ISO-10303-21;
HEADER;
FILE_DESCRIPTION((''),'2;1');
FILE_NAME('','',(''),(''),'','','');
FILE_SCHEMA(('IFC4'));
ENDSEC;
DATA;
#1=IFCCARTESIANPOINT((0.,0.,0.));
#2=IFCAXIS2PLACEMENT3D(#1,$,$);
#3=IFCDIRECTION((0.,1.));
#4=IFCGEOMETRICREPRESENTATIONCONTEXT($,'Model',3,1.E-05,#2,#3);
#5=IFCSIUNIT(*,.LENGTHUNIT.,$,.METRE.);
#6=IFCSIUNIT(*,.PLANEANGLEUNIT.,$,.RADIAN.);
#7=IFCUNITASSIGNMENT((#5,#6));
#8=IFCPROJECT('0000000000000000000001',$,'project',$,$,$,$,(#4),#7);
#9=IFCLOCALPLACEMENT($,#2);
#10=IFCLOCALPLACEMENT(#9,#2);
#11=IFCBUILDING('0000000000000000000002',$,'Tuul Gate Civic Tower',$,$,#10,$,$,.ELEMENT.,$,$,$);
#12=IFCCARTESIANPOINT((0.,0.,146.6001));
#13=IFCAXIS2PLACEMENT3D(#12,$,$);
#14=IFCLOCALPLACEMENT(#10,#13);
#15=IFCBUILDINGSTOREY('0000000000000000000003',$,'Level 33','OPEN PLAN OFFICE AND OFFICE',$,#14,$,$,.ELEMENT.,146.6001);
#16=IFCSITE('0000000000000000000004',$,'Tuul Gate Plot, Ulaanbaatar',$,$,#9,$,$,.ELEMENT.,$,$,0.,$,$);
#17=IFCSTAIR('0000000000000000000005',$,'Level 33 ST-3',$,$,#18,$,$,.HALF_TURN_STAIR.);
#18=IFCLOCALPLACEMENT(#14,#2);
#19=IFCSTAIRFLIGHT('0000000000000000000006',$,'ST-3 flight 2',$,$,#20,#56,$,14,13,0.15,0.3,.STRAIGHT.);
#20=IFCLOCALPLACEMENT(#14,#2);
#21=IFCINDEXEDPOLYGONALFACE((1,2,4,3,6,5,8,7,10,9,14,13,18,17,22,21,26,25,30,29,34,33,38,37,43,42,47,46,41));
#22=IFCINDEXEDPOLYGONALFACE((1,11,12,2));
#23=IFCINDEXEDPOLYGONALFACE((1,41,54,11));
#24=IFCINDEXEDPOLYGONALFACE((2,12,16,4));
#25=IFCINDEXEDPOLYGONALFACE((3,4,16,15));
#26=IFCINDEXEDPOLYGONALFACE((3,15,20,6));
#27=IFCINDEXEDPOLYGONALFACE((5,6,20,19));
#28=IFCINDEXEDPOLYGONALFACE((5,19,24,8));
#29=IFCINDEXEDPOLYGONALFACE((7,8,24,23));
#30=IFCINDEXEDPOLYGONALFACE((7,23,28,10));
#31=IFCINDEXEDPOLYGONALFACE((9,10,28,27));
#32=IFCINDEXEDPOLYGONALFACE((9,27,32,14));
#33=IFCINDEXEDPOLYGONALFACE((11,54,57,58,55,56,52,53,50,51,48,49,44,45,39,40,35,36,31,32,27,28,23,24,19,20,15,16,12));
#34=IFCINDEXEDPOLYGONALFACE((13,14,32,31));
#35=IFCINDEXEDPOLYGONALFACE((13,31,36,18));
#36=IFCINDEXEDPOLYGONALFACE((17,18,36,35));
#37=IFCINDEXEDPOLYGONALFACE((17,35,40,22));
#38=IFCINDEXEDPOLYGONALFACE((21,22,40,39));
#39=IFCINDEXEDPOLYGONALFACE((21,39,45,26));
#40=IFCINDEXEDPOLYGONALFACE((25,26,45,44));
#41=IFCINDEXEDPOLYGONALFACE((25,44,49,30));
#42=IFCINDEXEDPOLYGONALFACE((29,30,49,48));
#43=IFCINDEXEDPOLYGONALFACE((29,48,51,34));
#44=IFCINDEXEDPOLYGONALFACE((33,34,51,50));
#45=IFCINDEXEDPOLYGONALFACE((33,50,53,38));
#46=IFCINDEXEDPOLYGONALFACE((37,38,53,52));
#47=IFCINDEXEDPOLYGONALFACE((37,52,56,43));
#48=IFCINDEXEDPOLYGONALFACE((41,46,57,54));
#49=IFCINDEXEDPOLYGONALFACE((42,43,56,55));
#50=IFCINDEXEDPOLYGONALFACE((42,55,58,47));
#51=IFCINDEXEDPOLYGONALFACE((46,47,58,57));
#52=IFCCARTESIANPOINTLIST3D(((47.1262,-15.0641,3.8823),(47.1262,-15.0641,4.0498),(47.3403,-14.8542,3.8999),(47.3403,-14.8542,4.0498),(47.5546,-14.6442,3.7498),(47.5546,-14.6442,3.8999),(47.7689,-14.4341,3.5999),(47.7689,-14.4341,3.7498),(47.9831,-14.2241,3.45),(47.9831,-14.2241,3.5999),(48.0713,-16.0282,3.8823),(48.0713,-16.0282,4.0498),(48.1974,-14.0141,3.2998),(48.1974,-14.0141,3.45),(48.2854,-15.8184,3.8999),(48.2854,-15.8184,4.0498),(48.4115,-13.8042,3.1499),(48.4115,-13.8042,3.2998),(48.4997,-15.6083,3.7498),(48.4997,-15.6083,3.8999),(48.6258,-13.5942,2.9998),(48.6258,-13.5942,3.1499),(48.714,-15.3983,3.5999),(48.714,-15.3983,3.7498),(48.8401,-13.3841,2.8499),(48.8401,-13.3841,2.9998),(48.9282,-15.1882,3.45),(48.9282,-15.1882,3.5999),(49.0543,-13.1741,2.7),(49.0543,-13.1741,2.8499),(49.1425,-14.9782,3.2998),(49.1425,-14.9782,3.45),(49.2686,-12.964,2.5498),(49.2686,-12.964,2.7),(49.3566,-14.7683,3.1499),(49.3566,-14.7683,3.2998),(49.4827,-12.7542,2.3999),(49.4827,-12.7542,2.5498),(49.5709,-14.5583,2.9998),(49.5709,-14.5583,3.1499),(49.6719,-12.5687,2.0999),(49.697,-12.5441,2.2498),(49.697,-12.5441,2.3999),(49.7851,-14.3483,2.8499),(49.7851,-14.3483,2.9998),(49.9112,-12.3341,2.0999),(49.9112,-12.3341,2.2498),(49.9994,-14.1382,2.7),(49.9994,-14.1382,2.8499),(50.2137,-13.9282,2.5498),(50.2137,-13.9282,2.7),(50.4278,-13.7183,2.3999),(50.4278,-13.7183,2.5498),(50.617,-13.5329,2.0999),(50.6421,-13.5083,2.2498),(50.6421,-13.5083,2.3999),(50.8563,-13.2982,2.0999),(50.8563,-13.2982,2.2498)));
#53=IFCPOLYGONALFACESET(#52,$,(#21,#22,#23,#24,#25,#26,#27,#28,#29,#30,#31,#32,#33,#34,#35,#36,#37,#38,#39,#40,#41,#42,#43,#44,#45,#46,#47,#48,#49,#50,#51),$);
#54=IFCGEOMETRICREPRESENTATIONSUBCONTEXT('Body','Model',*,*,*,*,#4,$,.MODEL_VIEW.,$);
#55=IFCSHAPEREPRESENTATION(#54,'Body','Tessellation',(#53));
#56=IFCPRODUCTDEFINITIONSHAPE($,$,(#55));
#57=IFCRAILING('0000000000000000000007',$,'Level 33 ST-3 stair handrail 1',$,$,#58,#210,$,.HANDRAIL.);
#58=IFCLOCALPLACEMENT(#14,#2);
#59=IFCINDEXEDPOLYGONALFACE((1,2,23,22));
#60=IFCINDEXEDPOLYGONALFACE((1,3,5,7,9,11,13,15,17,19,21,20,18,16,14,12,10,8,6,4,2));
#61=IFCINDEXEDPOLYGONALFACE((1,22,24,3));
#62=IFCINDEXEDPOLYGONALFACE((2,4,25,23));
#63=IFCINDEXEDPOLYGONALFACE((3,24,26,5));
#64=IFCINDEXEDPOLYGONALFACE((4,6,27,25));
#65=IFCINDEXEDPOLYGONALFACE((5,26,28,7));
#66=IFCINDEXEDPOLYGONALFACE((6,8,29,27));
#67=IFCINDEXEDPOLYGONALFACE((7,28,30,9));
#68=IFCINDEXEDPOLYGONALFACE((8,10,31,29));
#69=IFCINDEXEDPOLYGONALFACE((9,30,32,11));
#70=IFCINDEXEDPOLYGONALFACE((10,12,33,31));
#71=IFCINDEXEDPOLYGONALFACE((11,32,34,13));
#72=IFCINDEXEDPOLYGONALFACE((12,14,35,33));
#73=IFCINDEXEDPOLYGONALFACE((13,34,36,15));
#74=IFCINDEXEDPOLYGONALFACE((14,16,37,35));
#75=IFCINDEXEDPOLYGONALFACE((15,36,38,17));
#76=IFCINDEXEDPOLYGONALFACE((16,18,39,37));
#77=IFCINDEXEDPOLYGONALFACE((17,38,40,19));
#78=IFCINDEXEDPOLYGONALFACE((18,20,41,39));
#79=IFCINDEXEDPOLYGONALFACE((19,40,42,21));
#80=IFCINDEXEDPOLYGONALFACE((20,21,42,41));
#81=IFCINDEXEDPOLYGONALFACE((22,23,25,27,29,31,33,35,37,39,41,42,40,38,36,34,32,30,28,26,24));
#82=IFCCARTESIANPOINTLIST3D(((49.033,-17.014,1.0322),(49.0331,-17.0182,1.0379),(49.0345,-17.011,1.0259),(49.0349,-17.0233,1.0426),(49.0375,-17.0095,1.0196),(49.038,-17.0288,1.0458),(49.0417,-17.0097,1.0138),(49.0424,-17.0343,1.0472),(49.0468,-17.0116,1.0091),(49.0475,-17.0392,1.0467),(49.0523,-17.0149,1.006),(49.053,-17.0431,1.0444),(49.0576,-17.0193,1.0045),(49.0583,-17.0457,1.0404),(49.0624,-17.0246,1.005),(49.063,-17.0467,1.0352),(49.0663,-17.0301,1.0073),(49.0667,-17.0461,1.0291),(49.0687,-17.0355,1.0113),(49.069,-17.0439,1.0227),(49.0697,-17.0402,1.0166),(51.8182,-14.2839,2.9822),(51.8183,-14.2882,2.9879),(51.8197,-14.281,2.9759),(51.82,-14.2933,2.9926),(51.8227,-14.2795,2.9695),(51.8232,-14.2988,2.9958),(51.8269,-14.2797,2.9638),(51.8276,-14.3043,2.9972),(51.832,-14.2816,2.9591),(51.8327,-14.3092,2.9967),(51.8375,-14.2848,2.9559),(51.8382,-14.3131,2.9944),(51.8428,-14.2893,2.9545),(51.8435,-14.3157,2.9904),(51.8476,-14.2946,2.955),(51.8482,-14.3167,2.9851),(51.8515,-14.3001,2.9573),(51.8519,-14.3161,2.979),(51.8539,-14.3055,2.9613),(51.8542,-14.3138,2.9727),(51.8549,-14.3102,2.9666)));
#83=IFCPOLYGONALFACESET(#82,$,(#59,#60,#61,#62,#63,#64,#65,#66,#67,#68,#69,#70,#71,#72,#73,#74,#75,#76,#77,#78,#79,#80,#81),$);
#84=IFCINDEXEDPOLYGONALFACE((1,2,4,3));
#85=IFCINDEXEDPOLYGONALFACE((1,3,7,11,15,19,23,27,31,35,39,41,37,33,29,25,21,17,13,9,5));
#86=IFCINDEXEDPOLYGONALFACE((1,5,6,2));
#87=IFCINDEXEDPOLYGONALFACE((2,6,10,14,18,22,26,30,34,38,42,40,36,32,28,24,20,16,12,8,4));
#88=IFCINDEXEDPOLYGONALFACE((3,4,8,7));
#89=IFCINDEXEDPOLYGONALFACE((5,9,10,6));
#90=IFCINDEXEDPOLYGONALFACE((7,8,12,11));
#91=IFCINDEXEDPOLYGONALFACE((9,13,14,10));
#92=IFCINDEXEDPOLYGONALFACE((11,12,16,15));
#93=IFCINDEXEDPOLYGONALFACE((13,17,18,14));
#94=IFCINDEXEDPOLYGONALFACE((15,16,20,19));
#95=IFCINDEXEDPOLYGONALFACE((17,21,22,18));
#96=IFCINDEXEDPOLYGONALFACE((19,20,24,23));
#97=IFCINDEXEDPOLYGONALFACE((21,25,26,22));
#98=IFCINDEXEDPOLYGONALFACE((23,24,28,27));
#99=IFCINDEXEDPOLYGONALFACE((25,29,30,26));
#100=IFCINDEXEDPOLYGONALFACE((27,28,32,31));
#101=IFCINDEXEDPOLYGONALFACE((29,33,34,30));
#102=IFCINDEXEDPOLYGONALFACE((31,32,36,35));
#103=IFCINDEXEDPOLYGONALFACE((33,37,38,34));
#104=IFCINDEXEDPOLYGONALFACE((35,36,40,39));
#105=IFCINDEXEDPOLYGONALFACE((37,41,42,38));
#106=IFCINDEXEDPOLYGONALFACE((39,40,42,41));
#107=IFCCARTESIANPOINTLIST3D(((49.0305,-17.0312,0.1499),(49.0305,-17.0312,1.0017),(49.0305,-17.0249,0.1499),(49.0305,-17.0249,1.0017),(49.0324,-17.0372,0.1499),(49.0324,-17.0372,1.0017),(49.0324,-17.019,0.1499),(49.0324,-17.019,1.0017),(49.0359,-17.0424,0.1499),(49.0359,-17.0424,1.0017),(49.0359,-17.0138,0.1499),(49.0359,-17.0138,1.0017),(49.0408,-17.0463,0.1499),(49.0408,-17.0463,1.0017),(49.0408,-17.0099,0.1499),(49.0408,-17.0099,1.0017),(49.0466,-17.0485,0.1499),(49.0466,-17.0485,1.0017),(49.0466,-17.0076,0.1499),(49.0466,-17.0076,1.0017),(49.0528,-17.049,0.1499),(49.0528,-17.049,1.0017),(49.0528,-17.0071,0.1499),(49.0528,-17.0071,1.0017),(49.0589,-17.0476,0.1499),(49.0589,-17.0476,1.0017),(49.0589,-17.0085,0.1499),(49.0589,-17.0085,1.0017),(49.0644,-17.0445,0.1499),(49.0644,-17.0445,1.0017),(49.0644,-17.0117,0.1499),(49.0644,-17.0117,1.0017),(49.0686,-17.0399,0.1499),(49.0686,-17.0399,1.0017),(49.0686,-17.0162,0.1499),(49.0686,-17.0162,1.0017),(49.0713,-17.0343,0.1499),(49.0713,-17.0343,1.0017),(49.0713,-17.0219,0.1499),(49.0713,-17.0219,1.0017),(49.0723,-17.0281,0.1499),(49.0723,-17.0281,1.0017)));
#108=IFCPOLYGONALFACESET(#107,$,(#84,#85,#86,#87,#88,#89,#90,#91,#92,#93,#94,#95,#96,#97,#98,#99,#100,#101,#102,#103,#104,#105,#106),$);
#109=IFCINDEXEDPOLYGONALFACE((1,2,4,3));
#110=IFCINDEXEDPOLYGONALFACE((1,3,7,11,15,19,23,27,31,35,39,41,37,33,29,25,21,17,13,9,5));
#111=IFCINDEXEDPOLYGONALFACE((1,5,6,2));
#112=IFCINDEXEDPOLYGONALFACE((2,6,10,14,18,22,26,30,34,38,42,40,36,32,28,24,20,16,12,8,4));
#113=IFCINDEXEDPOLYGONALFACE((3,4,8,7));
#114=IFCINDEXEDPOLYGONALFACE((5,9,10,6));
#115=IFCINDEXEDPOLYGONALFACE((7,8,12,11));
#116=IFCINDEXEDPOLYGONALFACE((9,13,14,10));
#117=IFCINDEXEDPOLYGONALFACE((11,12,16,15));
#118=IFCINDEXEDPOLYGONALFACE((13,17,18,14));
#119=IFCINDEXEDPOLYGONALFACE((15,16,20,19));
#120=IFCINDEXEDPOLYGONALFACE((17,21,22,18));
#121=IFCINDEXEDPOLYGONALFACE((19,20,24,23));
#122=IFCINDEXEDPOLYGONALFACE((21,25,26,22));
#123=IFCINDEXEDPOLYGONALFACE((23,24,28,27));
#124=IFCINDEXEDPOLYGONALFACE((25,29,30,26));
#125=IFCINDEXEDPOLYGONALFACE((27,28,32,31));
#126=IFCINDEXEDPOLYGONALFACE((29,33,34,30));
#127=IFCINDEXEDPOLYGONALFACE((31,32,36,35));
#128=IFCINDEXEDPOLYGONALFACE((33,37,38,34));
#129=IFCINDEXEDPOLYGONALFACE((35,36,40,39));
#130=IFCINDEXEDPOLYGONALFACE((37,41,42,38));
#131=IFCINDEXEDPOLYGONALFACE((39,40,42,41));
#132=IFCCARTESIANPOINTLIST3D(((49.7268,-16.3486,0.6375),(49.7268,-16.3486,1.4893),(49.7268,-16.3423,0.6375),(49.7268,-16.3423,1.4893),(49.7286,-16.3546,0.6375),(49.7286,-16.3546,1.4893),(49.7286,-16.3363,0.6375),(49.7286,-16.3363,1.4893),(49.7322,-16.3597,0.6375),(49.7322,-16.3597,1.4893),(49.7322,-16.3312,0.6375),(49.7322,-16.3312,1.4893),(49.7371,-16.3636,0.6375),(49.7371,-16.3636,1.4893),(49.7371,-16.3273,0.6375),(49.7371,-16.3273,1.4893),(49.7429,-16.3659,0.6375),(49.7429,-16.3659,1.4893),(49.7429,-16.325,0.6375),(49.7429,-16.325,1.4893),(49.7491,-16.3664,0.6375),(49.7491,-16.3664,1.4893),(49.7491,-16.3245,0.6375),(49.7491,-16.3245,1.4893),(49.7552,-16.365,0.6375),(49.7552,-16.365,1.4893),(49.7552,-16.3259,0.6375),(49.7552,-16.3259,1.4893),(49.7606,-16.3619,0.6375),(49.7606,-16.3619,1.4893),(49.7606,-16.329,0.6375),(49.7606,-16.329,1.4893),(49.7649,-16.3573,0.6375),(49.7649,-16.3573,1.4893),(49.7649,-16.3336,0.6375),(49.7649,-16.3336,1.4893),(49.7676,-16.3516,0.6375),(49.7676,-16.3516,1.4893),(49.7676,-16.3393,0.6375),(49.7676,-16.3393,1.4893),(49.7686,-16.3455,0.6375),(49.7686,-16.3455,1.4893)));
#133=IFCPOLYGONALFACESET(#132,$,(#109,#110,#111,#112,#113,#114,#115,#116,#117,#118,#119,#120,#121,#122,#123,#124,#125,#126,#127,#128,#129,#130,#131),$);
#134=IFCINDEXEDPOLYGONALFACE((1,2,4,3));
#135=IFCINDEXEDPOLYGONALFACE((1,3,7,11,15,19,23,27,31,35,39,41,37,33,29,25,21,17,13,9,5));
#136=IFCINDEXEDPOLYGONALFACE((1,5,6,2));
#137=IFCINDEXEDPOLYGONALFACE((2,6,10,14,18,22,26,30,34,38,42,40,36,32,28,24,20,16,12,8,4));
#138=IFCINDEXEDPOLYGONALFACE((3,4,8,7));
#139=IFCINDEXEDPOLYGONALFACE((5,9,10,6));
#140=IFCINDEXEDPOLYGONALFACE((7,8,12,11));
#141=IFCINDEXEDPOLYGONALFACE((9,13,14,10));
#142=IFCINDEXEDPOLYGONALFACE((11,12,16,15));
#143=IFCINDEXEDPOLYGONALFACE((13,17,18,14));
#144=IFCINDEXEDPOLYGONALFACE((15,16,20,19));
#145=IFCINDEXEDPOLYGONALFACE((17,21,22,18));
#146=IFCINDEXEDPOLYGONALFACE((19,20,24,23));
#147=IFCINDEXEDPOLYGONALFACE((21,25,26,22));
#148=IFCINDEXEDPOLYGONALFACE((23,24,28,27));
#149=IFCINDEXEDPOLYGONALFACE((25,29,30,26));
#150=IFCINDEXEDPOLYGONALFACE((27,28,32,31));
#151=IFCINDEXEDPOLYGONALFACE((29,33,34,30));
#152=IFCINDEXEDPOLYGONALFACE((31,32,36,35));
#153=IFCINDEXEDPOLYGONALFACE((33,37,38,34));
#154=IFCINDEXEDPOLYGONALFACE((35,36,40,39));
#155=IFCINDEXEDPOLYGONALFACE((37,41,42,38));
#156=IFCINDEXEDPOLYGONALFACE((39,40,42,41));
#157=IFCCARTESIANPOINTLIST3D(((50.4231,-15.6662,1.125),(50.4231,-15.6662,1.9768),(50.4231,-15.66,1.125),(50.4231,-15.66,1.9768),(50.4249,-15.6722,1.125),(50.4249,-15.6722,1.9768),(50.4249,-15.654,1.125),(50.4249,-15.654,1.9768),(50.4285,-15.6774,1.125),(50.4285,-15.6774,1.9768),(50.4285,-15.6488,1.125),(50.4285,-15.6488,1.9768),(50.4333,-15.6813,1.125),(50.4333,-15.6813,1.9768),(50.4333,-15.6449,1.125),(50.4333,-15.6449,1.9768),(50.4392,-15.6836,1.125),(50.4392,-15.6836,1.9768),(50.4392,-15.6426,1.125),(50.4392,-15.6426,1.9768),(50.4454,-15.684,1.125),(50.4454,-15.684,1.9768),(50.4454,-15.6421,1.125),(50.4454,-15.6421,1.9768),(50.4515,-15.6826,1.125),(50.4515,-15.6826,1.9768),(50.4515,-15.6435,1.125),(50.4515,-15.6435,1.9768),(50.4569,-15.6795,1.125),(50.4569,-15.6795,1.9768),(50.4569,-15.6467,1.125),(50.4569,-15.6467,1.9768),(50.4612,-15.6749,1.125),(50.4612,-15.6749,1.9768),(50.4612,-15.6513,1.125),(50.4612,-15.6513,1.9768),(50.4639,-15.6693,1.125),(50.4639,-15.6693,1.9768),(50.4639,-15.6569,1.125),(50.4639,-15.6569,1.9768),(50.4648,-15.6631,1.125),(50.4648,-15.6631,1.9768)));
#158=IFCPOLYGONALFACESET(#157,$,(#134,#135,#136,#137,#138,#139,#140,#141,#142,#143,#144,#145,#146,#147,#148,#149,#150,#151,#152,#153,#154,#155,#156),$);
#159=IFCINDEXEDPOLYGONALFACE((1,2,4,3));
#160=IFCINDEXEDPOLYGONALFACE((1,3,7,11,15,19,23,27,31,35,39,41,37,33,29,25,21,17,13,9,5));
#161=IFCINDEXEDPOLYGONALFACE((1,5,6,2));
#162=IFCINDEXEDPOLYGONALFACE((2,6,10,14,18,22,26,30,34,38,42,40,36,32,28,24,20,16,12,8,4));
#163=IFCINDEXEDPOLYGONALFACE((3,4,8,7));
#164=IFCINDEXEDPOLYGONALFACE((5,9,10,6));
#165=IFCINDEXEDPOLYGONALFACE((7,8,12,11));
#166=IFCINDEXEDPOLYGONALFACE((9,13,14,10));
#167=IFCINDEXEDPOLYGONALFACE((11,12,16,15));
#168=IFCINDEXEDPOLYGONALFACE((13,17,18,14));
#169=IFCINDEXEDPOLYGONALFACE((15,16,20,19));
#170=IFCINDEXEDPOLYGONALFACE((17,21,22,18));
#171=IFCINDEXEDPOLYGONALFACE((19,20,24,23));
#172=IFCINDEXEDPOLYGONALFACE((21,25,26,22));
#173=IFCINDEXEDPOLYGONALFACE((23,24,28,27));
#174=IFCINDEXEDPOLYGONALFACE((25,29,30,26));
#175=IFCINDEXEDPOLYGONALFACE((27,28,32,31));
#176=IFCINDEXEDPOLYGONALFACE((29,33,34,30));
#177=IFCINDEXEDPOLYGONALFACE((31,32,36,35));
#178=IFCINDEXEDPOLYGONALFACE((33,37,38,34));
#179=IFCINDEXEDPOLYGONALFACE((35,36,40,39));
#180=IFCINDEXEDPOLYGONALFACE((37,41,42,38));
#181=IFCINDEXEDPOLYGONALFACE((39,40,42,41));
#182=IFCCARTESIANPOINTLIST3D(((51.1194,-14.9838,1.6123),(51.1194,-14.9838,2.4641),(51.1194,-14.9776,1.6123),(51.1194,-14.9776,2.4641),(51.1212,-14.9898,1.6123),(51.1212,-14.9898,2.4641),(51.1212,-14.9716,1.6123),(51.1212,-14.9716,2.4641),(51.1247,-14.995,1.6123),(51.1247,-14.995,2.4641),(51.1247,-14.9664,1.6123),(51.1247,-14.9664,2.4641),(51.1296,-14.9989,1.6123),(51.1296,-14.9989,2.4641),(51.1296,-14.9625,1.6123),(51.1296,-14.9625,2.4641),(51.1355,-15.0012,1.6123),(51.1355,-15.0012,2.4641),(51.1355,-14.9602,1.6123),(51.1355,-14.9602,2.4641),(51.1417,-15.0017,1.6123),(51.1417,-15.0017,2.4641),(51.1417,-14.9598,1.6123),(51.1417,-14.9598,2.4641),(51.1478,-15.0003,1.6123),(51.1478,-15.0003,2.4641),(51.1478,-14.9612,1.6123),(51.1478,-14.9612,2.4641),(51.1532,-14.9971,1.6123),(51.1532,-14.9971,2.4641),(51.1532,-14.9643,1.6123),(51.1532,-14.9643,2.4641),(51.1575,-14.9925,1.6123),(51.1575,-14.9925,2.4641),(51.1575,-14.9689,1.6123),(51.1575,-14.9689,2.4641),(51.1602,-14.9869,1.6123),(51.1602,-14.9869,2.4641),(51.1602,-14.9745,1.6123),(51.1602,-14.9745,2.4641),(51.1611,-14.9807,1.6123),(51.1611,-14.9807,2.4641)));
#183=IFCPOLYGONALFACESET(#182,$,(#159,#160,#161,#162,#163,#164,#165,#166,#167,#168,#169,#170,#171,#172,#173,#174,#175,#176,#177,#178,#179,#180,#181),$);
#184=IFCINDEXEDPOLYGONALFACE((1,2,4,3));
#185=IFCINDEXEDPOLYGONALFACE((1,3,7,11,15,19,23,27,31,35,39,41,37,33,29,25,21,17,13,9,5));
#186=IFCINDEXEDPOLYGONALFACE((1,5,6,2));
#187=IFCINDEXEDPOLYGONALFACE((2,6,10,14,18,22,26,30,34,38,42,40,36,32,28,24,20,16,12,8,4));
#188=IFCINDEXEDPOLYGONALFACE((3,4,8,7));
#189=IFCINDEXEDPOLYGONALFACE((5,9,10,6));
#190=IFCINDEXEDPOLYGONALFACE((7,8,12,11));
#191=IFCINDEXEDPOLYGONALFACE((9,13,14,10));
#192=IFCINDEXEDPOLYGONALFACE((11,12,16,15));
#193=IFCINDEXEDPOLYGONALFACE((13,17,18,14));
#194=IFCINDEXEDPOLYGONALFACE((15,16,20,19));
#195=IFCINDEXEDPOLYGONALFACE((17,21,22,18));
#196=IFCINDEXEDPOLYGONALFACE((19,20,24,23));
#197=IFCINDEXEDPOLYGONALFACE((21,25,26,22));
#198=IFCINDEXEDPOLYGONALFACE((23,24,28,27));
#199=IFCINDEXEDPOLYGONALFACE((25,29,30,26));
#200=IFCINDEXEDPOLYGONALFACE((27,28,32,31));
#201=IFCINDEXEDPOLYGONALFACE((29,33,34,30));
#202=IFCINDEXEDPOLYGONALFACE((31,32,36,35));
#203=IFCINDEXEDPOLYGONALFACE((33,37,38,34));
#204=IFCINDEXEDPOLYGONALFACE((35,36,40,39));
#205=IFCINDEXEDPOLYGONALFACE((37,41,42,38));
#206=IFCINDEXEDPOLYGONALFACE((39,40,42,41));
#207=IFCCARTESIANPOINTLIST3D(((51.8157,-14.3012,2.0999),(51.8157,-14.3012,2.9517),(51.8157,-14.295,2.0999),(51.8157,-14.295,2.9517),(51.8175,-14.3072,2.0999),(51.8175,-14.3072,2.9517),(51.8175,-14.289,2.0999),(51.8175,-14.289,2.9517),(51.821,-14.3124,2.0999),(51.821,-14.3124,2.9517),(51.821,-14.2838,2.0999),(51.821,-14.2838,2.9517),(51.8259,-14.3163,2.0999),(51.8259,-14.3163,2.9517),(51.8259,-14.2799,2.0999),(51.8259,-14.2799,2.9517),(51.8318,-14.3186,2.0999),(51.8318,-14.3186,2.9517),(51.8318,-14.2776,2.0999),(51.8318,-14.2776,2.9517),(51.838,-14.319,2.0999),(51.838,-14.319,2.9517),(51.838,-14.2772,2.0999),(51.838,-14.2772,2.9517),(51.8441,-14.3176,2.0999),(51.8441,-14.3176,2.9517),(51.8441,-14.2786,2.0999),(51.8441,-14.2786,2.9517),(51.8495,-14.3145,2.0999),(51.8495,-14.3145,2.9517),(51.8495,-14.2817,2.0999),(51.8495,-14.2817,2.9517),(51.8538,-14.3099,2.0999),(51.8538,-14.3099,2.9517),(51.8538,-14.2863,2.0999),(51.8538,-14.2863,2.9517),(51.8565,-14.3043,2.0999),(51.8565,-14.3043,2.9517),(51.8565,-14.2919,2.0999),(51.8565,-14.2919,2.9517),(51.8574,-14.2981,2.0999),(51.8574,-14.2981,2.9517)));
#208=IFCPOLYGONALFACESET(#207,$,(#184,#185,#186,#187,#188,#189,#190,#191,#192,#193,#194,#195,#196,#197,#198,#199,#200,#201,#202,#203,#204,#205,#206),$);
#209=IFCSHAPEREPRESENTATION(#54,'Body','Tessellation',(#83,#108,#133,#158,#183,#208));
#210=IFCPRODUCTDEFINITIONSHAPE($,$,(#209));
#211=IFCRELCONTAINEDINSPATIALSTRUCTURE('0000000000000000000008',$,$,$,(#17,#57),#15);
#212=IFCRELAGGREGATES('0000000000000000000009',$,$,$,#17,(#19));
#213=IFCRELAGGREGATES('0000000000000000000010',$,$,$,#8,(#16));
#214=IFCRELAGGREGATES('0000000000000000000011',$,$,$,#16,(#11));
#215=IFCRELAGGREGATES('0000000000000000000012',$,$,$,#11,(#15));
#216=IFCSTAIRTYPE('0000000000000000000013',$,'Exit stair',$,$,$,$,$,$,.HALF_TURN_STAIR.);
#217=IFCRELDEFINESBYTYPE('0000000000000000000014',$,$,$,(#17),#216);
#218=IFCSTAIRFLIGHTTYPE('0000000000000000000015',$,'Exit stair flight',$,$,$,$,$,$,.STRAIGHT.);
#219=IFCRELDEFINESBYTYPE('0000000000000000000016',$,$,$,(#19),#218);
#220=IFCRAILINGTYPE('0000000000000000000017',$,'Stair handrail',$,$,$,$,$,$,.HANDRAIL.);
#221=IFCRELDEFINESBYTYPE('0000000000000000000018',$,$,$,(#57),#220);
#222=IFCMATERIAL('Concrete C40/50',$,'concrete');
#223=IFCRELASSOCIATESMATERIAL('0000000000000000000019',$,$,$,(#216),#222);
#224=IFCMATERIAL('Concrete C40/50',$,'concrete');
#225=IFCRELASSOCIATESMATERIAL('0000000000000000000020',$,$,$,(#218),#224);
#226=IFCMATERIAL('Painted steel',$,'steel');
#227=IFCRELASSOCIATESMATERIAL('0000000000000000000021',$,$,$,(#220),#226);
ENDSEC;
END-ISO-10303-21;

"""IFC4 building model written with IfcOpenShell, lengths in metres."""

from ifc_helpers import new_model, si_unit, direction, frame, origin, origin_2d, place, context, subcontext, project, spatial, polyline, circle, outline, extrude, material, type_object, element, aggregate, save


model = new_model("IFC4")

# Units and contexts
model_context = context("Model", 3, precision=1e-05, world=origin(), true_north=direction((0.0, 1.0)))
body_context = subcontext(model_context, "Body", "Model", "MODEL_VIEW")
ifc_project = project(units=[si_unit("LENGTHUNIT", "METRE"), si_unit("PLANEANGLEUNIT", "RADIAN")], contexts=[model_context])

# Site, building, storey
site_placement = place(None, origin())
site = spatial("IfcSite", under=ifc_project, at=site_placement, Name="Tuul Gate Plot, Ulaanbaatar", CompositionType="ELEMENT", RefElevation=0.0)
building_placement = place(site_placement, origin())
building = spatial("IfcBuilding", under=site, at=building_placement, Name="Tuul Gate Civic Tower", CompositionType="ELEMENT")
storey_placement = place(building_placement, frame((0.0, 0.0, 146.6001)))
storey = spatial("IfcBuildingStorey", under=building, at=storey_placement, Name="Level 33", Description="OPEN PLAN OFFICE AND OFFICE", CompositionType="ELEMENT", Elevation=146.6001)

# Stair, stair flight
ifc_material_1 = material(Name="Concrete C40/50", Category="concrete")
stair_type = type_object("IfcStairType", Name="Exit stair", PredefinedType="HALF_TURN_STAIR", material=ifc_material_1)
stair_placement = place(storey_placement, origin())
stair = element("IfcStair", 1, at=stair_placement, inside=storey, type_object=stair_type, Name="Level 33 ST-3", PredefinedType="HALF_TURN_STAIR")
ifc_material_2 = material(Name="Concrete C40/50", Category="concrete")
stair_flight_type = type_object("IfcStairFlightType", Name="Exit stair flight", PredefinedType="STRAIGHT", material=ifc_material_2)
stair_flight_1_placement = place(storey_placement, frame((50.3838, -12.8162, 2.0999), z_axis=(0.0, 0.0, 1.0), x_axis=(-0.714127, -0.700016, 0.0)))
stair_flight_1 = element("IfcStairFlight", 2, at=stair_flight_1_placement, type_object=stair_flight_type, Name="ST-3 flight 2", NumberOfRisers=14, NumberOfTreads=13, PredefinedType="STRAIGHT", RiserHeight=0.15, TreadLength=0.3, context=body_context, shape_type="SweptSolid", body=[
    extrude(outline(polyline([(0.0, 0.0), (0.0, 0.1499), (0.3, 0.1499), (0.3, 0.3), (0.6001, 0.3), (0.6001, 0.45), (0.8999, 0.45), (0.8999, 0.6001), (1.2, 0.6001), (1.2, 0.75), (1.5, 0.75), (1.5, 0.8999), (1.8, 0.8999), (1.8, 1.05), (2.1001, 1.05), (2.1001, 1.2), (2.3999, 1.2), (2.3999, 1.3501), (2.7, 1.3501), (2.7, 1.5), (3.0, 1.5), (3.0, 1.6499), (3.3, 1.6499), (3.3, 1.8), (3.6001, 1.8), (3.6001, 1.95), (3.8999, 1.95), (3.8999, 2.1001), (3.8999, 1.7825), (0.3352, 0.0), (0.0, 0.0)])), frame((0.0, 0.675, 0.0), z_axis=(0.0, -1.0, 0.0), x_axis=(1.0, 0.0, 0.0)), (0.0, 0.0, 1.0), 1.3501),
])
aggregate(stair, [stair_flight_1])

# Railing
ifc_material_3 = material(Name="Painted steel", Category="steel")
railing_type_1 = type_object("IfcRailingType", Name="Stair handrail", PredefinedType="HANDRAIL", material=ifc_material_3)
railing_1_placement = place(storey_placement, frame((49.0513, -17.0281, 0.1499)))
element("IfcRailing", 3, at=railing_1_placement, inside=storey, type_object=railing_type_1, Name="Level 33 ST-3 stair handrail 1", PredefinedType="HANDRAIL", context=body_context, shape_type="SweptSolid", body=[
    extrude(circle(Radius=0.0239, at=origin_2d()), frame((0.0, 0.0, 0.876), z_axis=(0.638754, 0.6261, 0.447206), x_axis=(-0.699998, 0.714145, 0.0)), (0.0, 0.0, 1.0), 4.3604),
    extrude(circle(Radius=0.021, at=origin_2d()), origin(), (0.0, 0.0, 1.0), 0.8518),
    extrude(circle(Radius=0.021, at=origin_2d()), frame((0.6963, 0.6826, 0.4875)), (0.0, 0.0, 1.0), 0.8518),
    extrude(circle(Radius=0.021, at=origin_2d()), frame((1.3926, 1.365, 0.9751)), (0.0, 0.0, 1.0), 0.8518),
    extrude(circle(Radius=0.021, at=origin_2d()), frame((2.0889, 2.0474, 1.4624)), (0.0, 0.0, 1.0), 0.8518),
    extrude(circle(Radius=0.021, at=origin_2d()), frame((2.7852, 2.73, 1.95)), (0.0, 0.0, 1.0), 0.8518),
])

save(model, "model.ifc")
